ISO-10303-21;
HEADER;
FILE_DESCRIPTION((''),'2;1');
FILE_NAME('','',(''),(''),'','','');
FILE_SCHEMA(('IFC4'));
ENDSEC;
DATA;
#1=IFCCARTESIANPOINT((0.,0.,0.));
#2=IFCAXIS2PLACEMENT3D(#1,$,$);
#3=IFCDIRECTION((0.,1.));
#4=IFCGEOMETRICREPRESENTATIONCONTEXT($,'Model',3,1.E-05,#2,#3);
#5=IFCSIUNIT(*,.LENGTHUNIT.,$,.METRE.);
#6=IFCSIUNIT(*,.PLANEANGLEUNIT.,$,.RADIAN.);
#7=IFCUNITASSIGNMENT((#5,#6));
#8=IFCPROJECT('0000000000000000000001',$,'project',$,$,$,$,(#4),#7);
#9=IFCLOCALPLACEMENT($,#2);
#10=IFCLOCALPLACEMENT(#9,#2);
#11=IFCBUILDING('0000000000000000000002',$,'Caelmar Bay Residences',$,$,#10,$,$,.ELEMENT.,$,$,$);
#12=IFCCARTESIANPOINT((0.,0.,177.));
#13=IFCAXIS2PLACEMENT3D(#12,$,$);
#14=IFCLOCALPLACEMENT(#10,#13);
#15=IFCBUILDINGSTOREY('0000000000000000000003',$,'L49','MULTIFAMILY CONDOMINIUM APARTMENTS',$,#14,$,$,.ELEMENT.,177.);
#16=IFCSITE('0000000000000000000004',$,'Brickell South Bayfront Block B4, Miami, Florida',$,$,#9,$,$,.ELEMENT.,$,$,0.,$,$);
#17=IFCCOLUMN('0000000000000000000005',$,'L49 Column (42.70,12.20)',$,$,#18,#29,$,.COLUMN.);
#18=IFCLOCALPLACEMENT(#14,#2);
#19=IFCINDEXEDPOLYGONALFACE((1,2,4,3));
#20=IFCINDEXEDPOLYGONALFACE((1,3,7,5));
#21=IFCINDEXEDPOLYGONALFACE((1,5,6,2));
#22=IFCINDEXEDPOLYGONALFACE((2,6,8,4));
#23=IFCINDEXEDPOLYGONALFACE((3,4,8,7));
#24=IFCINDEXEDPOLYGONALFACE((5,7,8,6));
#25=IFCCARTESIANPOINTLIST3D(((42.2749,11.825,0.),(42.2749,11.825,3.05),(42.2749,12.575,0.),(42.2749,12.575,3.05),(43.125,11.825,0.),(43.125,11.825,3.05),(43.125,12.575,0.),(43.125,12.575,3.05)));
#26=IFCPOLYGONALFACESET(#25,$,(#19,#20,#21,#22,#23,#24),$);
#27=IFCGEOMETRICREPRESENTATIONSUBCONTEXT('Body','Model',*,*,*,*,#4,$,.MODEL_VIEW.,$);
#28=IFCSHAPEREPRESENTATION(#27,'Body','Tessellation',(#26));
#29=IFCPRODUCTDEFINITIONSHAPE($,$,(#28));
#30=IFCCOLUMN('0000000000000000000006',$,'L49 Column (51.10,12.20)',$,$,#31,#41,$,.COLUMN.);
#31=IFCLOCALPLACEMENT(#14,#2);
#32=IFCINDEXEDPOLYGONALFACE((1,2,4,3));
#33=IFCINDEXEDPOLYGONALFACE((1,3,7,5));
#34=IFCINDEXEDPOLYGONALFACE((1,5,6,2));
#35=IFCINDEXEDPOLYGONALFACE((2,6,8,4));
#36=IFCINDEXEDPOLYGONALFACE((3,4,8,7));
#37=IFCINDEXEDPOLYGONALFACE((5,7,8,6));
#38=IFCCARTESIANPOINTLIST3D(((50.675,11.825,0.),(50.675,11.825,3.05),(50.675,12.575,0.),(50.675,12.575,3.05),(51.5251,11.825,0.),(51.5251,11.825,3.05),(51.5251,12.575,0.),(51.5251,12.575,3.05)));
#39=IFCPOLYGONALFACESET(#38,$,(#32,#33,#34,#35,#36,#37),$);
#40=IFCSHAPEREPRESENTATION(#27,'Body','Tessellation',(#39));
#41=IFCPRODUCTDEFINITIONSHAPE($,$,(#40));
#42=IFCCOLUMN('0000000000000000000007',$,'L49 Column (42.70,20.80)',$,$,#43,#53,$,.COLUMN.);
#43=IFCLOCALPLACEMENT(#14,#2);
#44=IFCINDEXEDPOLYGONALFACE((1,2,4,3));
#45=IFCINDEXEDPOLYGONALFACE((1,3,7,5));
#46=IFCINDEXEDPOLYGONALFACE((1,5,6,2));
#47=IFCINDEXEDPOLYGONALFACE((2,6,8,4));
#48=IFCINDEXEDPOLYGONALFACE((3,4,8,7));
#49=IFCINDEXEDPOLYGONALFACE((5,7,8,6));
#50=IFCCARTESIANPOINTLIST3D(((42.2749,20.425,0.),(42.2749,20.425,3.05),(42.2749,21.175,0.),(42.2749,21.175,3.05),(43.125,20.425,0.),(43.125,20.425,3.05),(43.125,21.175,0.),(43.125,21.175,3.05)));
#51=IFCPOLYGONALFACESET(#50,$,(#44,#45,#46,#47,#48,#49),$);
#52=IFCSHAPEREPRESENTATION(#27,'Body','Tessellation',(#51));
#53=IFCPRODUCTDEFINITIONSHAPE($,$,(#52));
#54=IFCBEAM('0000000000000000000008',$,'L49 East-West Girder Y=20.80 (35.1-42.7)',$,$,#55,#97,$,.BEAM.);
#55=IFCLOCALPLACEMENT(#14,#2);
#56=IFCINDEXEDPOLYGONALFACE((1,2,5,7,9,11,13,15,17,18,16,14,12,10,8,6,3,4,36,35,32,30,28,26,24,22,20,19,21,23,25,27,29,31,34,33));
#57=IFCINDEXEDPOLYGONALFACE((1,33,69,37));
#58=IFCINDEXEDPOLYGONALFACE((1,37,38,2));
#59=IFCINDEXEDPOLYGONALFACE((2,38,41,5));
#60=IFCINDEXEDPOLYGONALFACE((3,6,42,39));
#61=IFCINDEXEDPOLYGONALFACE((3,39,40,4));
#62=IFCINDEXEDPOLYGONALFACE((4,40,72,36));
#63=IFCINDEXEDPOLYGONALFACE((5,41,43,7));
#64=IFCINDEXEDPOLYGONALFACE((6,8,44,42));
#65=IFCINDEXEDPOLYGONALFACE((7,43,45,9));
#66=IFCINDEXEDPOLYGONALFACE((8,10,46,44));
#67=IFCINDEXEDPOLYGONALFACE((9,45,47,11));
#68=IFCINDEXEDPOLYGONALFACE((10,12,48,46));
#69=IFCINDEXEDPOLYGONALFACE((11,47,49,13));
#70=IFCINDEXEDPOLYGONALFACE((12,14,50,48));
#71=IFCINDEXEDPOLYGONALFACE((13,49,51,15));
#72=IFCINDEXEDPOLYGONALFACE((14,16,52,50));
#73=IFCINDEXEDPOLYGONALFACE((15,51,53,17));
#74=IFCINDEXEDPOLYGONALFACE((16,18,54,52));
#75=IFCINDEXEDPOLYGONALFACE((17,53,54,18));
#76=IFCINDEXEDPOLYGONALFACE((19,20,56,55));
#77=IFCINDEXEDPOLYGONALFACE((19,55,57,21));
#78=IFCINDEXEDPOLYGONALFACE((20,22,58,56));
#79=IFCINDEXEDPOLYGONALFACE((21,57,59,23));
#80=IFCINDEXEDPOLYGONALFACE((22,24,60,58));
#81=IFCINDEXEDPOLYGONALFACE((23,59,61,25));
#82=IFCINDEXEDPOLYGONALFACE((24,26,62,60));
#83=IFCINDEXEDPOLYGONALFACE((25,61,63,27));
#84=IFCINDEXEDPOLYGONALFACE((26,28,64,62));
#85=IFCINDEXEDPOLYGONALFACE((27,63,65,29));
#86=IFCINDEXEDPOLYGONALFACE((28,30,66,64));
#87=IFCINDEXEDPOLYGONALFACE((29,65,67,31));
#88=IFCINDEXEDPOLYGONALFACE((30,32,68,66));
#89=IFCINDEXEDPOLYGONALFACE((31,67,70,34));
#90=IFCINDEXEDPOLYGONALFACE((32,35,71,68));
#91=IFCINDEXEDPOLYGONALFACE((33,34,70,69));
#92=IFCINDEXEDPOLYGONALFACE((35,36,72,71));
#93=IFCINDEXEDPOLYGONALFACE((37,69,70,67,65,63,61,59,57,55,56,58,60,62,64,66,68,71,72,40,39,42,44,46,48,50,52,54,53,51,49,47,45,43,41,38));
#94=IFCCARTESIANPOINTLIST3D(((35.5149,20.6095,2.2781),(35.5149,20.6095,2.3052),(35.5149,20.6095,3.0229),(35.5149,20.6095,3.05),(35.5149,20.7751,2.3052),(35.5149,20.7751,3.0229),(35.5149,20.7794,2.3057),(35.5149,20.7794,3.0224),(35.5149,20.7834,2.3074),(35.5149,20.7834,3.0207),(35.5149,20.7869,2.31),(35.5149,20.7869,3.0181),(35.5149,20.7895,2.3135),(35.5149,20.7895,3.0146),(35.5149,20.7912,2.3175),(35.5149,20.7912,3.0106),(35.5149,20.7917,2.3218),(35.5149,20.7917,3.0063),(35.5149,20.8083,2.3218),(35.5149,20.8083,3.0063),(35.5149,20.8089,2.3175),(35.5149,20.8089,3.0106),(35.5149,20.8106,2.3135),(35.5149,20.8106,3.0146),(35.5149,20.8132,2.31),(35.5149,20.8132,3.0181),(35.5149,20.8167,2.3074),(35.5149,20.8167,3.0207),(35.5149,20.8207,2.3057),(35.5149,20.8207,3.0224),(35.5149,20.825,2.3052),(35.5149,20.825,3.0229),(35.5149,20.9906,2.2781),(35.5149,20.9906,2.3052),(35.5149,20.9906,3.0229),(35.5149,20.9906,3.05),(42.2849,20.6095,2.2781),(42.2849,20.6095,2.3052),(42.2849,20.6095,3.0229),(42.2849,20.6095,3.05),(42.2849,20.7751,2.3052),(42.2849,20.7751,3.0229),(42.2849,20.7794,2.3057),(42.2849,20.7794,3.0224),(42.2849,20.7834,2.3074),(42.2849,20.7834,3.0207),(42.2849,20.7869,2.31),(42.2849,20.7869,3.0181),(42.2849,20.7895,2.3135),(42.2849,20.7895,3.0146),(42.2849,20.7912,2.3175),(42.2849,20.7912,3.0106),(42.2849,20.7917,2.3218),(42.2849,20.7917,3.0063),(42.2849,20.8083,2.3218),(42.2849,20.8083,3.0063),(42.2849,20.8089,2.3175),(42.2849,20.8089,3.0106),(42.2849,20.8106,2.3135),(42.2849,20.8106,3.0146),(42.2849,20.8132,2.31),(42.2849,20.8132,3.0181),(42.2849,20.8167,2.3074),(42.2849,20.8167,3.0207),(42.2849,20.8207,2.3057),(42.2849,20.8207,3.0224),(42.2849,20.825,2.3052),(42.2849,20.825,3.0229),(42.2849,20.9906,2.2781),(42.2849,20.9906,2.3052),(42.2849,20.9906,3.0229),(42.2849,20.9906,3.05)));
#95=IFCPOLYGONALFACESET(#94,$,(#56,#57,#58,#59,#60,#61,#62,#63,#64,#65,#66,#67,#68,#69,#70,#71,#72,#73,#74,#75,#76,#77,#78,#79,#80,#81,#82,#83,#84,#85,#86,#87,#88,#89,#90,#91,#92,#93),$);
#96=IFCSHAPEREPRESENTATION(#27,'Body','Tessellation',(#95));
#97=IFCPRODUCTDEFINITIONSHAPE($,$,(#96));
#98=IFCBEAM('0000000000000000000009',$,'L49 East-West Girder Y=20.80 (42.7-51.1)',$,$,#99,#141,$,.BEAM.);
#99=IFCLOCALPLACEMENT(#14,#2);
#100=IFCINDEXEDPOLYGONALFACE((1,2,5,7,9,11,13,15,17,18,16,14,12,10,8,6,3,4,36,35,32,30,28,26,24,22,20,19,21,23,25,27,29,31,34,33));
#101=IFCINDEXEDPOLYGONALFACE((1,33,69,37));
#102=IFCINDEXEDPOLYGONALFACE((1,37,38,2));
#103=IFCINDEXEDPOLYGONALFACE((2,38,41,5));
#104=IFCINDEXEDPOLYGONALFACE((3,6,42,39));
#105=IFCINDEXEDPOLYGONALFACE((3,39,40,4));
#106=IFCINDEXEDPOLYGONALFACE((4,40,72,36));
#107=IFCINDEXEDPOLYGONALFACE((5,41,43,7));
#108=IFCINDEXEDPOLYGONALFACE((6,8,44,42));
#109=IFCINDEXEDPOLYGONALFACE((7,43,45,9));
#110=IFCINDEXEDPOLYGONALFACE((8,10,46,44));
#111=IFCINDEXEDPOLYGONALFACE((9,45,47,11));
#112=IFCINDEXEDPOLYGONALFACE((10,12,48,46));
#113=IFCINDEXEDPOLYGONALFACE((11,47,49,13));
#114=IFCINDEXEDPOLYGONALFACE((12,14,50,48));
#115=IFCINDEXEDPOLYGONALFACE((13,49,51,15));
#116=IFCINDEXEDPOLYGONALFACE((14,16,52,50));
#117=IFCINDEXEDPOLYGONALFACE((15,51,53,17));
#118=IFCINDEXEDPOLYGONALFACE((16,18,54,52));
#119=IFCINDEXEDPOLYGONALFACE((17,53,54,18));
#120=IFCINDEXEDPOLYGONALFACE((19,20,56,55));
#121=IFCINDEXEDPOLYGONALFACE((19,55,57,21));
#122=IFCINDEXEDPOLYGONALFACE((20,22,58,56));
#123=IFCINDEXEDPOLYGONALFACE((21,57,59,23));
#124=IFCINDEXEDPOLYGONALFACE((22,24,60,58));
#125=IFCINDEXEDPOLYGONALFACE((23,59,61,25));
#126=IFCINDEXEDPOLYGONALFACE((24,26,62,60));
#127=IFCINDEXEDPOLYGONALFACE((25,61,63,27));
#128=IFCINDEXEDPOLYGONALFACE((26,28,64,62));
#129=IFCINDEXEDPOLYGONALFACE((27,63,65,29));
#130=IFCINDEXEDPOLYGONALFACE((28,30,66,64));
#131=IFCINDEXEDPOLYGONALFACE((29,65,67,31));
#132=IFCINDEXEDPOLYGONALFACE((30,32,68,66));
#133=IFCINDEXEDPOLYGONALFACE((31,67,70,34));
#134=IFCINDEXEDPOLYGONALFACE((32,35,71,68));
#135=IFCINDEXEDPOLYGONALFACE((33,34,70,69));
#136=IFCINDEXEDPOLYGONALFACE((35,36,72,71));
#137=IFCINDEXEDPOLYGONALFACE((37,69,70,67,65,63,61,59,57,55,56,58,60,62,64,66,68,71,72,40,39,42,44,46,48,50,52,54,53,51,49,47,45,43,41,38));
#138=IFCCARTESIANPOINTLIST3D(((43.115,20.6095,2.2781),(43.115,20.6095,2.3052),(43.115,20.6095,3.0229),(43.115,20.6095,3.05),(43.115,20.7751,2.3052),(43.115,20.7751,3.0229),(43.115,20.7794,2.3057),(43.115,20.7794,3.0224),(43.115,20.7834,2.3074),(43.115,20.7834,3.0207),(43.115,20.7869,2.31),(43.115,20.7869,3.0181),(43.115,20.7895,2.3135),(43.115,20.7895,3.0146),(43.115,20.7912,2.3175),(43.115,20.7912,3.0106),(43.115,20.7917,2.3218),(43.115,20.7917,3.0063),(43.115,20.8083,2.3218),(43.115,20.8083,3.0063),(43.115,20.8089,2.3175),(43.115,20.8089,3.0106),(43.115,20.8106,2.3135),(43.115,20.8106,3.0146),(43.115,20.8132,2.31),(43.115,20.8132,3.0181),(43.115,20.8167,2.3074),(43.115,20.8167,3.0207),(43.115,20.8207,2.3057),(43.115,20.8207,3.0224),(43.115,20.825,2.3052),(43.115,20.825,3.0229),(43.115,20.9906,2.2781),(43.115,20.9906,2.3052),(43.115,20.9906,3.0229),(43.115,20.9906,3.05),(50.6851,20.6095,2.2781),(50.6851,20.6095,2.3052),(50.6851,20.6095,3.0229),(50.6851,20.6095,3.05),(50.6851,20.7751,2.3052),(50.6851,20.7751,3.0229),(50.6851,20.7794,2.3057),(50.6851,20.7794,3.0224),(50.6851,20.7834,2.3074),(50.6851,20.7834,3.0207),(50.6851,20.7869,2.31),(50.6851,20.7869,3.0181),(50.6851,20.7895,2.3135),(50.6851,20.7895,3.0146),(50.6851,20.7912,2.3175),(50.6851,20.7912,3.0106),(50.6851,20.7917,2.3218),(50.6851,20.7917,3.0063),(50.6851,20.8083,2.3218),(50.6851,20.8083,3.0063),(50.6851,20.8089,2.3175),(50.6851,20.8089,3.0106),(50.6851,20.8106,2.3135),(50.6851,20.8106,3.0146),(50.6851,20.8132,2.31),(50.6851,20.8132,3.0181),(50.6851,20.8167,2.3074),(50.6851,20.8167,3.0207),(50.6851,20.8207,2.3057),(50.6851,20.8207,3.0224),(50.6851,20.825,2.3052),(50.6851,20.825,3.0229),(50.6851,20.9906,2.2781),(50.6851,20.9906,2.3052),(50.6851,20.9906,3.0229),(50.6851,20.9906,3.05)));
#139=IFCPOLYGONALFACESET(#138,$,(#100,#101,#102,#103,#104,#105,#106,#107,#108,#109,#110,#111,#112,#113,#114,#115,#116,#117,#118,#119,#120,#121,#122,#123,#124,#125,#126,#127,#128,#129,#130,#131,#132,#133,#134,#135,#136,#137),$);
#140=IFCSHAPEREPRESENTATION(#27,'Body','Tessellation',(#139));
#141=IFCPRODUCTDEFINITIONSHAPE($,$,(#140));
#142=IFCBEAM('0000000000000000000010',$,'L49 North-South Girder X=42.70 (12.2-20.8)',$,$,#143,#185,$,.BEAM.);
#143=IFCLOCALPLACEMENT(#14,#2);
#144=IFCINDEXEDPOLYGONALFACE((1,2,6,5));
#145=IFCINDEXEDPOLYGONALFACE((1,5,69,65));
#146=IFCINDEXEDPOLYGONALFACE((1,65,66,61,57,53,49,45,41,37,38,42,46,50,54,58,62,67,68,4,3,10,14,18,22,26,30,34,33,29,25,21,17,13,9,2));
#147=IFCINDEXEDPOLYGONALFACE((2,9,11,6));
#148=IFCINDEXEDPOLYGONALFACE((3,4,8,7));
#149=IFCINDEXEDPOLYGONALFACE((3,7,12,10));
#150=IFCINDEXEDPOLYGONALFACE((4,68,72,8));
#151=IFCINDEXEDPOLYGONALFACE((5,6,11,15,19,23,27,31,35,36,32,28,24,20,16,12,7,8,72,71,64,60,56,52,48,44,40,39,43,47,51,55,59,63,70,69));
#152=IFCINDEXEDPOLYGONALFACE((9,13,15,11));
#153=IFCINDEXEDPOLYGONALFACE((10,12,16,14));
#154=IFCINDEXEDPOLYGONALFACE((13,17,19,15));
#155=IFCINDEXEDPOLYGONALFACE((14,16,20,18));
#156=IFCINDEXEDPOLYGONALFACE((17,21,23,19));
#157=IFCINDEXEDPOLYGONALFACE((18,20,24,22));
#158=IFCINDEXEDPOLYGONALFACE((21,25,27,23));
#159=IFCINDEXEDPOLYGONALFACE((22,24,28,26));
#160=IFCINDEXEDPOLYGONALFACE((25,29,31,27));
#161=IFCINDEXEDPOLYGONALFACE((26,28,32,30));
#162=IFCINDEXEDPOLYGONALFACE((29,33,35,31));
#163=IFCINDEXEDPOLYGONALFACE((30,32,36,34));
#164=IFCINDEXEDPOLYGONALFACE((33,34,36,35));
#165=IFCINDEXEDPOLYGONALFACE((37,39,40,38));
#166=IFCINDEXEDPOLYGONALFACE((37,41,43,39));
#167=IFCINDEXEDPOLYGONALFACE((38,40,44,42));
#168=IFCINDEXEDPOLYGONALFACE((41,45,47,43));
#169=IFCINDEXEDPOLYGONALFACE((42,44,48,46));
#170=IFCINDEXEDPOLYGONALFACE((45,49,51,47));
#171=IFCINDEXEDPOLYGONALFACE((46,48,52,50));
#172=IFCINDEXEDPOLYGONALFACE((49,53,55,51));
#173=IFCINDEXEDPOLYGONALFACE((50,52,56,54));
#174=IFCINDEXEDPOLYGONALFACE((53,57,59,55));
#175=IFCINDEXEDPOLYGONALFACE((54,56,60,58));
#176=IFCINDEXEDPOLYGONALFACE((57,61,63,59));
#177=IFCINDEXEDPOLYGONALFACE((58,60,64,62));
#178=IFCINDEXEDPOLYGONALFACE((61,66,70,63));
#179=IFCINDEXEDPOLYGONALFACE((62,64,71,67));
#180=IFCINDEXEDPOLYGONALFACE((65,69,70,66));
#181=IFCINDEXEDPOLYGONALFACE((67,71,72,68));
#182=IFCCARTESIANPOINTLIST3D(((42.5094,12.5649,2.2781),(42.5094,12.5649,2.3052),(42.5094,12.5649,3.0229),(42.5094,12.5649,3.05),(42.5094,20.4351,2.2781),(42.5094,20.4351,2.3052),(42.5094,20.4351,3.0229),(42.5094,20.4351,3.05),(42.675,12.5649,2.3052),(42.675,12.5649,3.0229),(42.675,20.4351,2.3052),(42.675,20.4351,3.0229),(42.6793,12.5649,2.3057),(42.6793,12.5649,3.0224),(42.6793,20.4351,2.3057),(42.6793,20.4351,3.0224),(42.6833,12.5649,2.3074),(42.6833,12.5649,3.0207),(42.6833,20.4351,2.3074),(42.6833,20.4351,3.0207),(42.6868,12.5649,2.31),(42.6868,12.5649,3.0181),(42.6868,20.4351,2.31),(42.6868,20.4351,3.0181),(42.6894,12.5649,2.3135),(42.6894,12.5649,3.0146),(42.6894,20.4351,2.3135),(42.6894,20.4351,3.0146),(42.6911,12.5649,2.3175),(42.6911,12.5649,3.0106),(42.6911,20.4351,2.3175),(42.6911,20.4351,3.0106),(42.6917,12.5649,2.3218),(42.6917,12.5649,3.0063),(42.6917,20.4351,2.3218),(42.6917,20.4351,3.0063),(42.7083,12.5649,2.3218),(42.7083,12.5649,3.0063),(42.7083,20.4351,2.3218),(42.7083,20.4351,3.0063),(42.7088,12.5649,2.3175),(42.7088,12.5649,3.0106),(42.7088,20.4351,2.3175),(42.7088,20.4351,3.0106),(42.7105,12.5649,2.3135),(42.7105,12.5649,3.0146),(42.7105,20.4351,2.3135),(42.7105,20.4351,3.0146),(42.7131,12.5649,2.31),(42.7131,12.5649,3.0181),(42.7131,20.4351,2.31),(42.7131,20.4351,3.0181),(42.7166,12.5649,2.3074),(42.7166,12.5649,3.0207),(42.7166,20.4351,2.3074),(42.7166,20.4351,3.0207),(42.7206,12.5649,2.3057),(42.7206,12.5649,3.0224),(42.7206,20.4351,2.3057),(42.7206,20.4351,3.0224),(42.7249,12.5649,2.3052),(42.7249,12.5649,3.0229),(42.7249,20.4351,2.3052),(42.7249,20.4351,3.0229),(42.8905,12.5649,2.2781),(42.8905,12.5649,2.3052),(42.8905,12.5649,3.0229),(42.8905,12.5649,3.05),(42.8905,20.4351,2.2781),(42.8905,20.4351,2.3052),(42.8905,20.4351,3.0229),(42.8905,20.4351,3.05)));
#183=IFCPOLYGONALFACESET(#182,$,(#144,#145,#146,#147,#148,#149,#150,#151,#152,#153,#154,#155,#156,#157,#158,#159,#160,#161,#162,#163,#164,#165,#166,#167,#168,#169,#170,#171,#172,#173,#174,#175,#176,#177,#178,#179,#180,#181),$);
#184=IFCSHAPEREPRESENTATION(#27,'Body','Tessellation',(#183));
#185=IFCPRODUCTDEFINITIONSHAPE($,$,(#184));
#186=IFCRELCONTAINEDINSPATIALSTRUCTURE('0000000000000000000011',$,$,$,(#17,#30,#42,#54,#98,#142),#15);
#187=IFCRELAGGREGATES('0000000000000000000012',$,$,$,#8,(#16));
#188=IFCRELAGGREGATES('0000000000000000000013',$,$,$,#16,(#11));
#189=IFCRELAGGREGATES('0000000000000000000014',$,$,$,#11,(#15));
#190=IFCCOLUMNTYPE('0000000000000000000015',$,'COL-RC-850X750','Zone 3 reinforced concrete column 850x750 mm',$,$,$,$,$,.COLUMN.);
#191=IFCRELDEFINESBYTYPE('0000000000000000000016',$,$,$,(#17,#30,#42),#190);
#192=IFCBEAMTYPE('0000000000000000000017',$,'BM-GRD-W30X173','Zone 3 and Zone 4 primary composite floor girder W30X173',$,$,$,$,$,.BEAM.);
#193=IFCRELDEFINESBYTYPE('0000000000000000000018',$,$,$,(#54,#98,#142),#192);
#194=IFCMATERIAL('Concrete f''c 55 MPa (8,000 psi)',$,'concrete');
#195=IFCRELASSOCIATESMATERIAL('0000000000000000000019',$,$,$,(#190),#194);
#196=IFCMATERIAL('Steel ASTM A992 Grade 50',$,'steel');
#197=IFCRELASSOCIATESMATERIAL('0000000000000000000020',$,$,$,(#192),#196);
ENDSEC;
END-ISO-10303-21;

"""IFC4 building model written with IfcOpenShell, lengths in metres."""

from ifc_helpers import new_model, si_unit, direction, frame, origin, origin_2d, place, context, subcontext, project, spatial, rectangle, i_section, extrude, material, material_profile, profile_set, type_object, element, save


model = new_model("IFC4")

# Units and contexts
model_context = context("Model", 3, precision=1e-05, world=origin(), true_north=direction((0.0, 1.0)))
body_context = subcontext(model_context, "Body", "Model", "MODEL_VIEW")
ifc_project = project(units=[si_unit("LENGTHUNIT", "METRE"), si_unit("PLANEANGLEUNIT", "RADIAN")], contexts=[model_context])

# Site, building, storey
site_placement = place(None, origin())
site = spatial("IfcSite", under=ifc_project, at=site_placement, Name="Brickell South Bayfront Block B4, Miami, Florida", CompositionType="ELEMENT", RefElevation=0.0)
building_placement = place(site_placement, origin())
building = spatial("IfcBuilding", under=site, at=building_placement, Name="Caelmar Bay Residences", CompositionType="ELEMENT")
storey_placement = place(building_placement, frame((0.0, 0.0, 177.0)))
storey = spatial("IfcBuildingStorey", under=building, at=storey_placement, Name="L49", Description="MULTIFAMILY CONDOMINIUM APARTMENTS", CompositionType="ELEMENT", Elevation=177.0)

# Columns
ifc_material_1 = material(Name="Concrete f'c 55 MPa (8,000 psi)", Category="concrete")
ifc_material_profile_1 = material_profile(ifc_material_1, rectangle(XDim=0.8501, YDim=0.75, at=origin_2d()), Name="RC-COL-850X750")
ifc_profile_set_1 = profile_set([ifc_material_profile_1], Name="Concrete f'c 55 MPa (8,000 psi)")
column_type = type_object("IfcColumnType", Name="COL-RC-850X750", Description="Zone 3 reinforced concrete column 850x750 mm", PredefinedType="COLUMN", material=ifc_profile_set_1)
for number, where, z_axis, x_axis, name in (
    (1, (42.7, 12.2, 0.0), (0.0, 0.0, 1.0), (1.0, 0.0, 0.0), "L49 Column (42.70,12.20)"),
    (2, (51.1001, 12.2, 0.0), (0.0, 0.0, 1.0), (1.0, 0.0, 0.0), "L49 Column (51.10,12.20)"),
    (3, (42.7, 20.8, 0.0), (0.0, 0.0, 1.0), (1.0, 0.0, 0.0), "L49 Column (42.70,20.80)"),
):
    element("IfcColumn", number, at=place(storey_placement, frame(where, z_axis=z_axis, x_axis=x_axis)), inside=storey, type_object=column_type, Name=name, PredefinedType="COLUMN", context=body_context, shape_type="SweptSolid", body=[
        extrude(rectangle(XDim=0.8501, YDim=0.75, at=origin_2d()), origin(), (0.0, 0.0, 1.0), 3.05),
    ])

# Beams
ifc_material_2 = material(Name="Steel ASTM A992 Grade 50", Category="steel")
ifc_material_profile_2 = material_profile(ifc_material_2, i_section(OverallWidth=0.3811, OverallDepth=0.772, WebThickness=0.0166, FlangeThickness=0.0271, FilletRadius=0.0166, at=origin_2d()), Name="W30X173")
ifc_profile_set_2 = profile_set([ifc_material_profile_2], Name="Steel ASTM A992 Grade 50")
beam_type_1 = type_object("IfcBeamType", Name="BM-GRD-W30X173", Description="Zone 3 and Zone 4 primary composite floor girder W30X173", PredefinedType="BEAM", material=ifc_profile_set_2)
beam_1_placement = place(storey_placement, frame((35.5149, 20.8, 2.6641), z_axis=(1.0, 0.0, 0.0), x_axis=(0.0, 1.0, 0.0)))
element("IfcBeam", 4, at=beam_1_placement, inside=storey, type_object=beam_type_1, Name="L49 East-West Girder Y=20.80 (35.1-42.7)", PredefinedType="BEAM", context=body_context, shape_type="SweptSolid", body=[
    extrude(i_section(OverallWidth=0.3811, OverallDepth=0.772, WebThickness=0.0166, FlangeThickness=0.0271, FilletRadius=0.0166, at=origin_2d()), origin(), (0.0, 0.0, 1.0), 6.77),
])
beam_2_placement = place(storey_placement, frame((43.115, 20.8, 2.6641), z_axis=(1.0, 0.0, 0.0), x_axis=(0.0, 1.0, 0.0)))
element("IfcBeam", 5, at=beam_2_placement, inside=storey, type_object=beam_type_1, Name="L49 East-West Girder Y=20.80 (42.7-51.1)", PredefinedType="BEAM", context=body_context, shape_type="SweptSolid", body=[
    extrude(i_section(OverallWidth=0.3811, OverallDepth=0.772, WebThickness=0.0166, FlangeThickness=0.0271, FilletRadius=0.0166, at=origin_2d()), origin(), (0.0, 0.0, 1.0), 7.5701),
])
beam_3_placement = place(storey_placement, frame((42.7, 12.5649, 2.6641), z_axis=(0.0, 1.0, 0.0), x_axis=(-1.0, 0.0, 0.0)))
element("IfcBeam", 6, at=beam_3_placement, inside=storey, type_object=beam_type_1, Name="L49 North-South Girder X=42.70 (12.2-20.8)", PredefinedType="BEAM", context=body_context, shape_type="SweptSolid", body=[
    extrude(i_section(OverallWidth=0.3811, OverallDepth=0.772, WebThickness=0.0166, FlangeThickness=0.0271, FilletRadius=0.0166, at=origin_2d()), origin(), (0.0, 0.0, 1.0), 7.8701),
])

save(model, "model.ifc")
